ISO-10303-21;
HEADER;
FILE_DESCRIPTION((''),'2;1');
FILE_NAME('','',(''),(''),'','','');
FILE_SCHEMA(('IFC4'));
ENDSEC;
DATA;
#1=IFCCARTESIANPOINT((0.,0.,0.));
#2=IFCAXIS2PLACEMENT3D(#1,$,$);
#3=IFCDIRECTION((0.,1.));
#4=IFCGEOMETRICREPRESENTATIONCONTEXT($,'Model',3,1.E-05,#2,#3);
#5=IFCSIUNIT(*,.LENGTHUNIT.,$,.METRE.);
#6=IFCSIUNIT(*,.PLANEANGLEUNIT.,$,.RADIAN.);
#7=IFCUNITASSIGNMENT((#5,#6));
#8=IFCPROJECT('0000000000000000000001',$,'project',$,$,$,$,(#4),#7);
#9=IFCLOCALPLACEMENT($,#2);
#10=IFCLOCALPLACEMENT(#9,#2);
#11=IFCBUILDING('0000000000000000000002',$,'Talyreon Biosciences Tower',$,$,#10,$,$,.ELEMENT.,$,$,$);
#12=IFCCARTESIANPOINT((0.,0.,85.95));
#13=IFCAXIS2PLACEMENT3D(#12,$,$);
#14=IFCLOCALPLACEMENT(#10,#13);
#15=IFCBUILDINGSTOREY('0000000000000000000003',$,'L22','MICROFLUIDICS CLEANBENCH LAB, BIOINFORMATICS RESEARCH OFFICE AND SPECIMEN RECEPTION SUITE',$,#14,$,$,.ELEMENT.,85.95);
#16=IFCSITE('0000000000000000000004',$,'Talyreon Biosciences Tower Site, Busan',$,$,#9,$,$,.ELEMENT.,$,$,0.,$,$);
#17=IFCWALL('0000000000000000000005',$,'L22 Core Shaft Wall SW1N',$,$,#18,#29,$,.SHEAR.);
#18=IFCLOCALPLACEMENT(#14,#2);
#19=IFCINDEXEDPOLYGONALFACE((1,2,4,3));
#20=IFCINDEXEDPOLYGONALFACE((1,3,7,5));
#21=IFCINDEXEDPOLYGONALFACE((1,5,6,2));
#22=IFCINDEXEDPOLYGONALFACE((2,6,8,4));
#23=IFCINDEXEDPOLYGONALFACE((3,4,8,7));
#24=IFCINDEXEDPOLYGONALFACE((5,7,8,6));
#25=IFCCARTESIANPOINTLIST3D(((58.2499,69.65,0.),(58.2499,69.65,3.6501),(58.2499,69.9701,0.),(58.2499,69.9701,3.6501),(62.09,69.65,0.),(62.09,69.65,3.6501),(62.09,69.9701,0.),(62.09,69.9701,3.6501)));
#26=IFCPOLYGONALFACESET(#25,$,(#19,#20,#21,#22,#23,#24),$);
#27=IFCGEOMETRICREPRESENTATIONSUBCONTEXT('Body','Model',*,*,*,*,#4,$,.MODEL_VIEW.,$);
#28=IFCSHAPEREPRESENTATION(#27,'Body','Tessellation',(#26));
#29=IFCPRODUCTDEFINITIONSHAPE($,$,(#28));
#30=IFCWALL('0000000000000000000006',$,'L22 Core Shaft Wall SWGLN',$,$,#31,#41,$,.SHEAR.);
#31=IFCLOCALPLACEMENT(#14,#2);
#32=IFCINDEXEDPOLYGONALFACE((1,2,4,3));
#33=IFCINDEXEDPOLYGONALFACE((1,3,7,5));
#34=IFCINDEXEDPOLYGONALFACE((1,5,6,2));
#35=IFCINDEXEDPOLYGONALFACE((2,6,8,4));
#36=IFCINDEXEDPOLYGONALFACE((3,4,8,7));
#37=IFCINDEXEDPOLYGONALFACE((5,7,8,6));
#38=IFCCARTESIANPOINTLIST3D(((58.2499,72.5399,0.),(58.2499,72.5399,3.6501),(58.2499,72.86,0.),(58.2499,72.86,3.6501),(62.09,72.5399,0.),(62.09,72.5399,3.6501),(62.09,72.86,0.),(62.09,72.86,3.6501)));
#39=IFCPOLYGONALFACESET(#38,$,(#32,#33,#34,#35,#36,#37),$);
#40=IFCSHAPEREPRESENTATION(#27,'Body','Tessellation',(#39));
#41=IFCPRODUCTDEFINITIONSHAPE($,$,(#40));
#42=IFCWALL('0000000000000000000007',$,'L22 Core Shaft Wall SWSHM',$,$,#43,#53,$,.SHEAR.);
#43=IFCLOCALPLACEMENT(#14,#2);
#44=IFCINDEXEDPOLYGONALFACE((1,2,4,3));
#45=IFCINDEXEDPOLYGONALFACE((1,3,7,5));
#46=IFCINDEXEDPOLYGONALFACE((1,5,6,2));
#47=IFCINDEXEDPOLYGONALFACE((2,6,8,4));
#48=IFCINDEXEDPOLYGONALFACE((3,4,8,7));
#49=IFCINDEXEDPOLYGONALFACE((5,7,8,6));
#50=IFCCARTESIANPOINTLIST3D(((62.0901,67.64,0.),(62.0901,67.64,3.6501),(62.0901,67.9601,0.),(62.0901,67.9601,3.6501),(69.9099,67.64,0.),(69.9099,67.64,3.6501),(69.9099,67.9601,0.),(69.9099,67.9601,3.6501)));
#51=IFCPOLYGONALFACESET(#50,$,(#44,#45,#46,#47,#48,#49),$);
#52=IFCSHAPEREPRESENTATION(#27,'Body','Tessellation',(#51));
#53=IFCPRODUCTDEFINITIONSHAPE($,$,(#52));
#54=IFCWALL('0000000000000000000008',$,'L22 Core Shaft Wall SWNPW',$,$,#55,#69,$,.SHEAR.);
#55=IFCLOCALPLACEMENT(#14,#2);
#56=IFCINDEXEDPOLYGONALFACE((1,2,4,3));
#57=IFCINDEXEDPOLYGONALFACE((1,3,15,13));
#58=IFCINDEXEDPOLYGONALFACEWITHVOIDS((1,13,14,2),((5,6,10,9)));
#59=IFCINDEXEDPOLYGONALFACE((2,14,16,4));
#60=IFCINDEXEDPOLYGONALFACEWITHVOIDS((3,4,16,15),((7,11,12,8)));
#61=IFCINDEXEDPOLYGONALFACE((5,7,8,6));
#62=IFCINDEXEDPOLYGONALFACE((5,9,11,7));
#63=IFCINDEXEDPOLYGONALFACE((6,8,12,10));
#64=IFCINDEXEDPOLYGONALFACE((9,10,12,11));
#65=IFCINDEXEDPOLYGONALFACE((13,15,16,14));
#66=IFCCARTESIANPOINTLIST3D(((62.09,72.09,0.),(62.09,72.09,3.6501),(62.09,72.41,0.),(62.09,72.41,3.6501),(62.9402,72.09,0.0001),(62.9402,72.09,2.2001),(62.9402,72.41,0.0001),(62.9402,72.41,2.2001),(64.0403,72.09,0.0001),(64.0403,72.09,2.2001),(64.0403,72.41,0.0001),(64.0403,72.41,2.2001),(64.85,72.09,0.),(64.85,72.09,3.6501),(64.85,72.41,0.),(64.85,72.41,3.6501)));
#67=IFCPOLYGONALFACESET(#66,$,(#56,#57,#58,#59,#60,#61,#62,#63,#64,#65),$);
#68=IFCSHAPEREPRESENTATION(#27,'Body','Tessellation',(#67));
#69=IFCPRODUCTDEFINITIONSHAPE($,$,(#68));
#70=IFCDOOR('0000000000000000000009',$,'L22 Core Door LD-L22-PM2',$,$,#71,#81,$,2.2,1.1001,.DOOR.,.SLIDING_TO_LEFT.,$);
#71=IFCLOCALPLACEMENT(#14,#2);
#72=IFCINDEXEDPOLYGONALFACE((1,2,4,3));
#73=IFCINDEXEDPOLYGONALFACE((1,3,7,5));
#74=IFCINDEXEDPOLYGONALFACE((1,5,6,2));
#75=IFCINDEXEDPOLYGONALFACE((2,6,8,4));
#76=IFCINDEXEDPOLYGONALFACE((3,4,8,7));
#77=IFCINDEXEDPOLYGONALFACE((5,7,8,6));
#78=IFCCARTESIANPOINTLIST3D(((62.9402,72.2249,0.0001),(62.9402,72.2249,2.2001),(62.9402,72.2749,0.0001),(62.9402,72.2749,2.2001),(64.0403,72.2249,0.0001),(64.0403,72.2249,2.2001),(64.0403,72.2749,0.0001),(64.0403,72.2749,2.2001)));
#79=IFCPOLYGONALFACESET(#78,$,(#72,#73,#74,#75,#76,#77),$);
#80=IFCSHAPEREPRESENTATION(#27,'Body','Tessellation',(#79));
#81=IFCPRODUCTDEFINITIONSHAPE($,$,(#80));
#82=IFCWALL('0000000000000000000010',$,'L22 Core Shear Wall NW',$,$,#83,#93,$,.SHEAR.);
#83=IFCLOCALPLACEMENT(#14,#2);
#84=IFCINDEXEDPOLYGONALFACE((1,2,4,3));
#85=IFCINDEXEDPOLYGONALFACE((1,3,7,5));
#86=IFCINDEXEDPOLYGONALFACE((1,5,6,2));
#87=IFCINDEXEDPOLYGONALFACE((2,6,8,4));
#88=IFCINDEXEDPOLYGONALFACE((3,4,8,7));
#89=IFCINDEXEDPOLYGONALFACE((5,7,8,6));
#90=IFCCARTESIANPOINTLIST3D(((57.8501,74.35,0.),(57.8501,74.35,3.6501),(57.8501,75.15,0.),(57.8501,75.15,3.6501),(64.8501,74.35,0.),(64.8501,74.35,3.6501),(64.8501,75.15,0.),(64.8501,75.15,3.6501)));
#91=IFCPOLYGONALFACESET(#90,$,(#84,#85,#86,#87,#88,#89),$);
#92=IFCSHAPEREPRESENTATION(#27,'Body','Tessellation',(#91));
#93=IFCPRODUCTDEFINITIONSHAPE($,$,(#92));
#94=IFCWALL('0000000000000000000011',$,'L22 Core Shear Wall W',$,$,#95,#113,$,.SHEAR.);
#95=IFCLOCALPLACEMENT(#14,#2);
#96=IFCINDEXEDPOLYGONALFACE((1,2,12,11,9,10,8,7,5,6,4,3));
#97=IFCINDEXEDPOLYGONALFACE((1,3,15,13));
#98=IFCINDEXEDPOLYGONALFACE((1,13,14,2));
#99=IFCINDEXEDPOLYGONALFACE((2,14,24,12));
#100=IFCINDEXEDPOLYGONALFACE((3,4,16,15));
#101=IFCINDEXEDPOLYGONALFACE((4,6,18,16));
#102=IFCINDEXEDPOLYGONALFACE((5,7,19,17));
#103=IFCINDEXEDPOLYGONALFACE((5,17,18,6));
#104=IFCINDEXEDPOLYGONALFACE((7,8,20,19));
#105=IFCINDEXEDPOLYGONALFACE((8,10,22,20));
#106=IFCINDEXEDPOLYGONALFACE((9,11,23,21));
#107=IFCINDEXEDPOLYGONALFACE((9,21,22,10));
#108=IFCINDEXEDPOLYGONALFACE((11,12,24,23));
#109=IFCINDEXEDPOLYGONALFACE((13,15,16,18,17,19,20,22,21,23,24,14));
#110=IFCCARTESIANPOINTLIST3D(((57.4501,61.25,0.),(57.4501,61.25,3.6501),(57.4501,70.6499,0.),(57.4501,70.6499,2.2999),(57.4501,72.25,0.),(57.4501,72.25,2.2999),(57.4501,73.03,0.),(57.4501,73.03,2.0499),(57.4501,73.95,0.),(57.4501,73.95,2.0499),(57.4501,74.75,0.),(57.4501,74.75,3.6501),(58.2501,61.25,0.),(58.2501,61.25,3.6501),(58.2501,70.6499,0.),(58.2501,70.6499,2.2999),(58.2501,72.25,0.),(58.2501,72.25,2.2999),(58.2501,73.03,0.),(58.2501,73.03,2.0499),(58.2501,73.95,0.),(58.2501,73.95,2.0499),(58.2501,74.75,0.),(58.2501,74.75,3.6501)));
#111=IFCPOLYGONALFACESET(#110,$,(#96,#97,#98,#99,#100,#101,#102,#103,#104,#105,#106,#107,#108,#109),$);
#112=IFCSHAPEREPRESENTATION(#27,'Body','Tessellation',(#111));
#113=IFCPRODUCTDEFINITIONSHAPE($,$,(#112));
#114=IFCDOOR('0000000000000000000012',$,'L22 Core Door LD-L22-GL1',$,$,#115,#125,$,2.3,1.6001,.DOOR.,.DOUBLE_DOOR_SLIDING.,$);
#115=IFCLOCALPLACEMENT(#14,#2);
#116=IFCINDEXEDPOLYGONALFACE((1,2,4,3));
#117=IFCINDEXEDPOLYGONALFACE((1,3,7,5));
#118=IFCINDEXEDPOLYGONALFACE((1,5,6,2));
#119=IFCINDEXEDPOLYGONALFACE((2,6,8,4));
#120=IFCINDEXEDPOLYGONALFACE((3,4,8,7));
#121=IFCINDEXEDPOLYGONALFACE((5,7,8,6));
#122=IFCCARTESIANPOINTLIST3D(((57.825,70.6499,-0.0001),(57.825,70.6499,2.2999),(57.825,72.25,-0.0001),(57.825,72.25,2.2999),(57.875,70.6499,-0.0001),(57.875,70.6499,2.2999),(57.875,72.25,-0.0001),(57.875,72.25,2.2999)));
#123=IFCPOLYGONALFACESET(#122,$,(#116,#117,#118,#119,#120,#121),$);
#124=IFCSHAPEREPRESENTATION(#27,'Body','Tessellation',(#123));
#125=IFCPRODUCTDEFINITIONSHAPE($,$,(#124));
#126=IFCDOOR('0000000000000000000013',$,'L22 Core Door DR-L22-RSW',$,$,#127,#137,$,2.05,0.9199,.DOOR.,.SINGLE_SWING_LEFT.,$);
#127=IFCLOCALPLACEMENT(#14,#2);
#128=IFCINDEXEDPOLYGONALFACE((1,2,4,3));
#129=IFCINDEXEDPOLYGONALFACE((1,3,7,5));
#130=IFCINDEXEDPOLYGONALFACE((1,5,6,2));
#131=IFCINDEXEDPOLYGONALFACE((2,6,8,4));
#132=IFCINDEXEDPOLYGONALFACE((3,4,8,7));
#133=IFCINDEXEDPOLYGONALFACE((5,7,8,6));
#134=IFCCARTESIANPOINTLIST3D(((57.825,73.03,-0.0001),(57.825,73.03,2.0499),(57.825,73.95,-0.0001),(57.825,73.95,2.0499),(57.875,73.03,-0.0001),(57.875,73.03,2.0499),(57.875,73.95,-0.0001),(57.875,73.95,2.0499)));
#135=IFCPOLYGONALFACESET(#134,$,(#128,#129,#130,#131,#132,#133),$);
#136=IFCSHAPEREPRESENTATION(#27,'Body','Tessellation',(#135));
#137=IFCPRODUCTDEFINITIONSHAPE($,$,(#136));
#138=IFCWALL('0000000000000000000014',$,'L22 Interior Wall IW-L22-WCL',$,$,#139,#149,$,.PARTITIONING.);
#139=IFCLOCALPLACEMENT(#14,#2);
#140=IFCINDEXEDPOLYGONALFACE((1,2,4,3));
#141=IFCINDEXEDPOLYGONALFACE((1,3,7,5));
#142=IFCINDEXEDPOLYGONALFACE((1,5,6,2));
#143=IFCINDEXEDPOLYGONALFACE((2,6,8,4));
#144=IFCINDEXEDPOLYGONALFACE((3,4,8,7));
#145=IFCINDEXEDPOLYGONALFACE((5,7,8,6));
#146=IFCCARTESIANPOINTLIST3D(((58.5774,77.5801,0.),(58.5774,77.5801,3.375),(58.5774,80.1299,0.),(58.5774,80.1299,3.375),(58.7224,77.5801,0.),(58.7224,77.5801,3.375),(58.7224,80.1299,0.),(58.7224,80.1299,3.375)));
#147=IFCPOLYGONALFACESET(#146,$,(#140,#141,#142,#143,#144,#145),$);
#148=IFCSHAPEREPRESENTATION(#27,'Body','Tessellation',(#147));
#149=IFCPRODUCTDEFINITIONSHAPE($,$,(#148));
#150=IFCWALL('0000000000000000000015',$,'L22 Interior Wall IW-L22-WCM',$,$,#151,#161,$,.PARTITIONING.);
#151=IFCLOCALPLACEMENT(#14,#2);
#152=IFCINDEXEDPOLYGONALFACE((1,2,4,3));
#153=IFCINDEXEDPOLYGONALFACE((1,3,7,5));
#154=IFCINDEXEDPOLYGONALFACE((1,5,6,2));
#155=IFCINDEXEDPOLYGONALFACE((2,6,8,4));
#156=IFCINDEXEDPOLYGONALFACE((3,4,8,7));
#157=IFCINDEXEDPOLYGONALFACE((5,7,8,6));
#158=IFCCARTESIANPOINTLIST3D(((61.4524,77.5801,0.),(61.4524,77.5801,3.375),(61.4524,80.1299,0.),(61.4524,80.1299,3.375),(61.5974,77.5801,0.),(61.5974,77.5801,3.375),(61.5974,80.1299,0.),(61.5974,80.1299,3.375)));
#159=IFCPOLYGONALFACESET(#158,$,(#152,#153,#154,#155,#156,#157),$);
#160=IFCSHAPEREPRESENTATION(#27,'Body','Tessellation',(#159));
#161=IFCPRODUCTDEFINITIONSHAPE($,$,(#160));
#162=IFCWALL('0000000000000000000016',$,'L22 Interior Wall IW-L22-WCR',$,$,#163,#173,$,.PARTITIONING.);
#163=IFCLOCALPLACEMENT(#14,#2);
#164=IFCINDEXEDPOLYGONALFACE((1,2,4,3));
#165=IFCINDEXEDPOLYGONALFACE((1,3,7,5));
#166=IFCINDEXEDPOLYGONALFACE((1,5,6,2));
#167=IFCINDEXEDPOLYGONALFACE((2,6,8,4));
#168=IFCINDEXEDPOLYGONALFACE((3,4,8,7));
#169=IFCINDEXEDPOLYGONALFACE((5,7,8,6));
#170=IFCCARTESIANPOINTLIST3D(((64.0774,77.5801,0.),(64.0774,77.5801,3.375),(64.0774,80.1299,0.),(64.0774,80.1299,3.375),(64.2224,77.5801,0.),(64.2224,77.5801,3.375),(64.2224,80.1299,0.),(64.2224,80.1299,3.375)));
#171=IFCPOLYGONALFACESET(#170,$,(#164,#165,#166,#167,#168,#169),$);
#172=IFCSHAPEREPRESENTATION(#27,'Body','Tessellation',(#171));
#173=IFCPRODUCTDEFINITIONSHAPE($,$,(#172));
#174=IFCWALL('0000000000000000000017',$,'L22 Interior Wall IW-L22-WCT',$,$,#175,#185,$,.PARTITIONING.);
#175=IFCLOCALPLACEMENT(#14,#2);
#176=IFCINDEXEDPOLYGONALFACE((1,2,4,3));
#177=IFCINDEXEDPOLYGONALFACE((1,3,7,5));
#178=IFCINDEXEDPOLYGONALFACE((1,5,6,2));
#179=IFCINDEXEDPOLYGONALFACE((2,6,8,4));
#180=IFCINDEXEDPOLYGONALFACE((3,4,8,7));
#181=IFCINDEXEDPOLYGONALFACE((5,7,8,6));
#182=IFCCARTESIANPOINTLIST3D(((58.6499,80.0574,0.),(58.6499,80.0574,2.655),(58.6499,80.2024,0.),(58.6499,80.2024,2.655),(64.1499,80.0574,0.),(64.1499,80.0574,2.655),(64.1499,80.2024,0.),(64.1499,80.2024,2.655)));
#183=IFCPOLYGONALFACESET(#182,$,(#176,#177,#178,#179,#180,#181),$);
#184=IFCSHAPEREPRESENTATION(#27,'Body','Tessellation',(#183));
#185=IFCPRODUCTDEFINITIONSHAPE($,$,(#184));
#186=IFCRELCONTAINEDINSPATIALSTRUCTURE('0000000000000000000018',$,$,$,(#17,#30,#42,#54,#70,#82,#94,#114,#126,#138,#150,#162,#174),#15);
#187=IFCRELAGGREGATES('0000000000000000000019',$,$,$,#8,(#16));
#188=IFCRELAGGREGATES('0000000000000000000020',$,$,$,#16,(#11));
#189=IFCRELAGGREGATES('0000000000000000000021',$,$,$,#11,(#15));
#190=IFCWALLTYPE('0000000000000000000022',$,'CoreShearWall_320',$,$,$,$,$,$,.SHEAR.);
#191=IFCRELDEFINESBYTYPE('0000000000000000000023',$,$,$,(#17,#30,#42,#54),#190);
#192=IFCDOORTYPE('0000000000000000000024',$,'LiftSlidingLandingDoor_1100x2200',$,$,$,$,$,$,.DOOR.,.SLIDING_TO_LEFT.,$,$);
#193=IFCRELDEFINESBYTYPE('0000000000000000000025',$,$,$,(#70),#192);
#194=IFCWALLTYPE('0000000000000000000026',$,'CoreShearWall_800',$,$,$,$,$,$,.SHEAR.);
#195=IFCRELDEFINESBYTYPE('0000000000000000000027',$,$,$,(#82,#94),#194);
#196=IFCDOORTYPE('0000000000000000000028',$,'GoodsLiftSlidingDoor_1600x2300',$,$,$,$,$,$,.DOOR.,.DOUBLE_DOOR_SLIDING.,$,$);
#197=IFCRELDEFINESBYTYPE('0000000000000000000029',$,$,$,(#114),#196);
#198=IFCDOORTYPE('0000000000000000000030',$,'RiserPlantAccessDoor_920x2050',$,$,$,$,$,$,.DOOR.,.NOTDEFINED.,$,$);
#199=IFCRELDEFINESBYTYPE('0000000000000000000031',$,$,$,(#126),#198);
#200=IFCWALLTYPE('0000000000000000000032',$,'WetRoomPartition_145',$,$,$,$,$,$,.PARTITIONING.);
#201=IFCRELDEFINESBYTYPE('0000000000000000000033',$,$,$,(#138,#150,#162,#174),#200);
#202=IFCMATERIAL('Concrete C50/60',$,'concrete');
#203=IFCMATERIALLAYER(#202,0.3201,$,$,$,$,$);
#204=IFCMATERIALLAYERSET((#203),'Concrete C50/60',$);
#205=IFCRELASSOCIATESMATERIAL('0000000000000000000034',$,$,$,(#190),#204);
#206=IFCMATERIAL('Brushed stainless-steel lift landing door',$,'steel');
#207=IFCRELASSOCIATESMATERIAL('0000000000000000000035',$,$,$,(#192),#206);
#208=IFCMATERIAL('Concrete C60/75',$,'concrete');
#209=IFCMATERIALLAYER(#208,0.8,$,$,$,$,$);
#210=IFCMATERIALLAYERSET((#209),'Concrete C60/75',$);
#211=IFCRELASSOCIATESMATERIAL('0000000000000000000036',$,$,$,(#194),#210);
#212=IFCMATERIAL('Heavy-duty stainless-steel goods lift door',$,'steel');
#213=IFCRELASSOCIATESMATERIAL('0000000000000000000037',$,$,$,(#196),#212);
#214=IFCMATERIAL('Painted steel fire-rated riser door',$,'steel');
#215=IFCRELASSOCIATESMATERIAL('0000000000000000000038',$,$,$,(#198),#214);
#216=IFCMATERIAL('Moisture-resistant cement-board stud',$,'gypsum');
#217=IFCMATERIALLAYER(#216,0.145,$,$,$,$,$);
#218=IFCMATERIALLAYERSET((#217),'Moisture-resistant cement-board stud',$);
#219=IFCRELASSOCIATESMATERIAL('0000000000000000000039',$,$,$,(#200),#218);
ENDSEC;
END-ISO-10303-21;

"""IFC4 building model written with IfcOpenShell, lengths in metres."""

from ifc_helpers import new_model, si_unit, direction, frame, frame_2d, origin, place, context, subcontext, project, spatial, rectangle, extrude, material, layer, layer_set, type_object, element, fill, save


model = new_model("IFC4")

# Units and contexts
model_context = context("Model", 3, precision=1e-05, world=origin(), true_north=direction((0.0, 1.0)))
body_context = subcontext(model_context, "Body", "Model", "MODEL_VIEW")
ifc_project = project(units=[si_unit("LENGTHUNIT", "METRE"), si_unit("PLANEANGLEUNIT", "RADIAN")], contexts=[model_context])

# Site, building, storey
site_placement = place(None, origin())
site = spatial("IfcSite", under=ifc_project, at=site_placement, Name="Talyreon Biosciences Tower Site, Busan", CompositionType="ELEMENT", RefElevation=0.0)
building_placement = place(site_placement, origin())
building = spatial("IfcBuilding", under=site, at=building_placement, Name="Talyreon Biosciences Tower", CompositionType="ELEMENT")
storey_placement = place(building_placement, frame((0.0, 0.0, 85.95)))
storey = spatial("IfcBuildingStorey", under=building, at=storey_placement, Name="L22", Description="MICROFLUIDICS CLEANBENCH LAB, BIOINFORMATICS RESEARCH OFFICE AND SPECIMEN RECEPTION SUITE", CompositionType="ELEMENT", Elevation=85.95)

# Shared definitions
ifc_material_1 = material(Name="Concrete C50/60", Category="concrete")

# Shared definitions
ifc_material_2 = material(Name="Concrete C60/75", Category="concrete")

# Walls
ifc_layer_1 = layer(ifc_material_1, 0.3201)
ifc_layer_set_1 = layer_set([ifc_layer_1], Name="Concrete C50/60")
wall_type_1 = type_object("IfcWallType", Name="CoreShearWall_320", PredefinedType="SHEAR", material=ifc_layer_set_1)
for number, where, z_axis, x_axis, name in (
    (1, (58.25, 69.8101, 0.0), (0.0, 0.0, 1.0), (1.0, 0.0, 0.0), "L22 Core Shaft Wall SW1N"),
    (2, (58.25, 72.7, 0.0), (0.0, 0.0, 1.0), (1.0, 0.0, 0.0), "L22 Core Shaft Wall SWGLN"),
):
    element("IfcWall", number, at=place(storey_placement, frame(where, z_axis=z_axis, x_axis=x_axis)), inside=storey, type_object=wall_type_1, Name=name, PredefinedType="SHEAR", context=body_context, shape_type="SweptSolid", body=[
        extrude(rectangle(XDim=3.8401, YDim=0.3201, at=frame_2d((1.9199, 0.0))), origin(), (0.0, 0.0, 1.0), 3.6501),
    ])
wall_1_placement = place(storey_placement, frame((62.0901, 67.8, 0.0), z_axis=(0.0, 0.0, 1.0), x_axis=(1.0, 0.0, 0.0)))
element("IfcWall", 3, at=wall_1_placement, inside=storey, type_object=wall_type_1, Name="L22 Core Shaft Wall SWSHM", PredefinedType="SHEAR", context=body_context, shape_type="SweptSolid", body=[
    extrude(rectangle(XDim=7.8198, YDim=0.3201, at=frame_2d((3.9099, 0.0))), origin(), (0.0, 0.0, 1.0), 3.6501),
])

# Shared definitions
ifc_material_3 = material(Name="Brushed stainless-steel lift landing door", Category="steel")
door_type_1 = type_object("IfcDoorType", Name="LiftSlidingLandingDoor_1100x2200", OperationType="SLIDING_TO_LEFT", PredefinedType="DOOR", material=ifc_material_3)

# Wall, opening, door
wall_2_placement = place(storey_placement, frame((62.0901, 72.25, 0.0), z_axis=(0.0, 0.0, 1.0), x_axis=(1.0, 0.0, 0.0)))
wall_2 = element("IfcWall", 4, at=wall_2_placement, inside=storey, type_object=wall_type_1, Name="L22 Core Shaft Wall SWNPW", PredefinedType="SHEAR", context=body_context, shape_type="SweptSolid", body=[
    extrude(rectangle(XDim=2.76, YDim=0.3201, at=frame_2d((1.3799, 0.0))), origin(), (0.0, 0.0, 1.0), 3.6501),
])
opening_1_placement = place(wall_2_placement, frame((0.8501, 0.0, 0.0)))
opening_1 = element("IfcOpeningElement", 5, at=opening_1_placement, cuts=wall_2, PredefinedType="OPENING", context=body_context, shape_type="SweptSolid", body=[
    extrude(rectangle(XDim=1.1001, YDim=2.2, at=frame_2d((0.55, 1.1001))), frame((0.0, 0.1699, 0.0), z_axis=(0.0, -1.0, 0.0), x_axis=(1.0, 0.0, 0.0)), (0.0, 0.0, 1.0), 0.3401),
])
door_1_placement = place(opening_1_placement, origin())
door_1 = element("IfcDoor", 6, at=door_1_placement, inside=storey, type_object=door_type_1, Name="L22 Core Door LD-L22-PM2", OperationType="SLIDING_TO_LEFT", OverallHeight=2.2, OverallWidth=1.1001, PredefinedType="DOOR", context=body_context, shape_type="SweptSolid", body=[
    extrude(rectangle(XDim=1.1001, YDim=2.2, at=frame_2d((0.55, 1.1001))), frame((0.0, 0.0249, 0.0), z_axis=(0.0, -1.0, 0.0), x_axis=(1.0, 0.0, 0.0)), (0.0, 0.0, 1.0), 0.05),
])
fill(opening_1, door_1)

# Wall
ifc_layer_2 = layer(ifc_material_2, 0.8)
ifc_layer_set_2 = layer_set([ifc_layer_2], Name="Concrete C60/75")
wall_type_2 = type_object("IfcWallType", Name="CoreShearWall_800", PredefinedType="SHEAR", material=ifc_layer_set_2)
wall_3_placement = place(storey_placement, frame((64.8501, 74.75, 0.0), z_axis=(0.0, 0.0, 1.0), x_axis=(-1.0, 0.0, 0.0)))
element("IfcWall", 7, at=wall_3_placement, inside=storey, type_object=wall_type_2, Name="L22 Core Shear Wall NW", PredefinedType="SHEAR", context=body_context, shape_type="SweptSolid", body=[
    extrude(rectangle(XDim=7.0, YDim=0.8, at=frame_2d((3.5, 0.0))), origin(), (0.0, 0.0, 1.0), 3.6501),
])

# Wall, openings, doors
wall_4_placement = place(storey_placement, frame((57.8501, 74.75, 0.0), z_axis=(0.0, 0.0, 1.0), x_axis=(0.0, -1.0, 0.0)))
wall_4 = element("IfcWall", 8, at=wall_4_placement, inside=storey, type_object=wall_type_2, Name="L22 Core Shear Wall W", PredefinedType="SHEAR", context=body_context, shape_type="SweptSolid", body=[
    extrude(rectangle(XDim=13.5, YDim=0.8, at=frame_2d((6.75, 0.0))), origin(), (0.0, 0.0, 1.0), 3.6501),
])
opening_2_placement = place(wall_4_placement, frame((0.8, 0.0, 0.0)))
opening_2 = element("IfcOpeningElement", 9, at=opening_2_placement, cuts=wall_4, PredefinedType="OPENING", context=body_context, shape_type="SweptSolid", body=[
    extrude(rectangle(XDim=0.9199, YDim=2.05, at=frame_2d((0.46, 1.0249))), frame((0.0, 0.4099, 0.0), z_axis=(0.0, -1.0, 0.0), x_axis=(1.0, 0.0, 0.0)), (0.0, 0.0, 1.0), 0.8201),
])
opening_3_placement = place(wall_4_placement, frame((2.5, 0.0, 0.0)))
opening_3 = element("IfcOpeningElement", 10, at=opening_3_placement, cuts=wall_4, PredefinedType="OPENING", context=body_context, shape_type="SweptSolid", body=[
    extrude(rectangle(XDim=1.6001, YDim=2.3, at=frame_2d((0.8, 1.1499))), frame((0.0, 0.4099, 0.0), z_axis=(0.0, -1.0, 0.0), x_axis=(1.0, 0.0, 0.0)), (0.0, 0.0, 1.0), 0.8201),
])
ifc_material_4 = material(Name="Heavy-duty stainless-steel goods lift door", Category="steel")
door_type_2 = type_object("IfcDoorType", Name="GoodsLiftSlidingDoor_1600x2300", OperationType="DOUBLE_DOOR_SLIDING", PredefinedType="DOOR", material=ifc_material_4)
door_2_placement = place(opening_3_placement, origin())
door_2 = element("IfcDoor", 11, at=door_2_placement, inside=storey, type_object=door_type_2, Name="L22 Core Door LD-L22-GL1", OperationType="DOUBLE_DOOR_SLIDING", OverallHeight=2.3, OverallWidth=1.6001, PredefinedType="DOOR", context=body_context, shape_type="SweptSolid", body=[
    extrude(rectangle(XDim=1.6001, YDim=2.3, at=frame_2d((0.8, 1.1499))), frame((0.0, 0.0249, 0.0), z_axis=(0.0, -1.0, 0.0), x_axis=(1.0, 0.0, 0.0)), (0.0, 0.0, 1.0), 0.05),
])
fill(opening_3, door_2)
ifc_material_5 = material(Name="Painted steel fire-rated riser door", Category="steel")
door_type_3 = type_object("IfcDoorType", Name="RiserPlantAccessDoor_920x2050", OperationType="NOTDEFINED", PredefinedType="DOOR", material=ifc_material_5)
door_3_placement = place(opening_2_placement, origin())
door_3 = element("IfcDoor", 12, at=door_3_placement, inside=storey, type_object=door_type_3, Name="L22 Core Door DR-L22-RSW", OperationType="SINGLE_SWING_LEFT", OverallHeight=2.05, OverallWidth=0.9199, PredefinedType="DOOR", context=body_context, shape_type="SweptSolid", body=[
    extrude(rectangle(XDim=0.9199, YDim=2.05, at=frame_2d((0.46, 1.0249))), frame((0.0, 0.0249, 0.0), z_axis=(0.0, -1.0, 0.0), x_axis=(1.0, 0.0, 0.0)), (0.0, 0.0, 1.0), 0.05),
])
fill(opening_2, door_3)

# Walls
ifc_material_6 = material(Name="Moisture-resistant cement-board stud", Category="gypsum")
ifc_layer_3 = layer(ifc_material_6, 0.145)
ifc_layer_set_3 = layer_set([ifc_layer_3], Name="Moisture-resistant cement-board stud")
wall_type_3 = type_object("IfcWallType", Name="WetRoomPartition_145", PredefinedType="PARTITIONING", material=ifc_layer_set_3)
for number, where, z_axis, x_axis, name in (
    (13, (58.6499, 77.5801, 0.0), (0.0, 0.0, 1.0), (0.0, 1.0, 0.0), "L22 Interior Wall IW-L22-WCL"),
    (14, (61.5249, 77.5801, 0.0), (0.0, 0.0, 1.0), (0.0, 1.0, 0.0), "L22 Interior Wall IW-L22-WCM"),
    (15, (64.1499, 77.5801, 0.0), (0.0, 0.0, 1.0), (0.0, 1.0, 0.0), "L22 Interior Wall IW-L22-WCR"),
):
    element("IfcWall", number, at=place(storey_placement, frame(where, z_axis=z_axis, x_axis=x_axis)), inside=storey, type_object=wall_type_3, Name=name, PredefinedType="PARTITIONING", context=body_context, shape_type="SweptSolid", body=[
        extrude(rectangle(XDim=2.5498, YDim=0.145, at=frame_2d((1.2749, 0.0))), origin(), (0.0, 0.0, 1.0), 3.375),
    ])
wall_5_placement = place(storey_placement, frame((58.6499, 80.1299, 0.0), z_axis=(0.0, 0.0, 1.0), x_axis=(1.0, 0.0, 0.0)))
element("IfcWall", 16, at=wall_5_placement, inside=storey, type_object=wall_type_3, Name="L22 Interior Wall IW-L22-WCT", PredefinedType="PARTITIONING", context=body_context, shape_type="SweptSolid", body=[
    extrude(rectangle(XDim=5.5, YDim=0.145, at=frame_2d((2.75, 0.0))), origin(), (0.0, 0.0, 1.0), 2.655),
])

save(model, "model.ifc")
